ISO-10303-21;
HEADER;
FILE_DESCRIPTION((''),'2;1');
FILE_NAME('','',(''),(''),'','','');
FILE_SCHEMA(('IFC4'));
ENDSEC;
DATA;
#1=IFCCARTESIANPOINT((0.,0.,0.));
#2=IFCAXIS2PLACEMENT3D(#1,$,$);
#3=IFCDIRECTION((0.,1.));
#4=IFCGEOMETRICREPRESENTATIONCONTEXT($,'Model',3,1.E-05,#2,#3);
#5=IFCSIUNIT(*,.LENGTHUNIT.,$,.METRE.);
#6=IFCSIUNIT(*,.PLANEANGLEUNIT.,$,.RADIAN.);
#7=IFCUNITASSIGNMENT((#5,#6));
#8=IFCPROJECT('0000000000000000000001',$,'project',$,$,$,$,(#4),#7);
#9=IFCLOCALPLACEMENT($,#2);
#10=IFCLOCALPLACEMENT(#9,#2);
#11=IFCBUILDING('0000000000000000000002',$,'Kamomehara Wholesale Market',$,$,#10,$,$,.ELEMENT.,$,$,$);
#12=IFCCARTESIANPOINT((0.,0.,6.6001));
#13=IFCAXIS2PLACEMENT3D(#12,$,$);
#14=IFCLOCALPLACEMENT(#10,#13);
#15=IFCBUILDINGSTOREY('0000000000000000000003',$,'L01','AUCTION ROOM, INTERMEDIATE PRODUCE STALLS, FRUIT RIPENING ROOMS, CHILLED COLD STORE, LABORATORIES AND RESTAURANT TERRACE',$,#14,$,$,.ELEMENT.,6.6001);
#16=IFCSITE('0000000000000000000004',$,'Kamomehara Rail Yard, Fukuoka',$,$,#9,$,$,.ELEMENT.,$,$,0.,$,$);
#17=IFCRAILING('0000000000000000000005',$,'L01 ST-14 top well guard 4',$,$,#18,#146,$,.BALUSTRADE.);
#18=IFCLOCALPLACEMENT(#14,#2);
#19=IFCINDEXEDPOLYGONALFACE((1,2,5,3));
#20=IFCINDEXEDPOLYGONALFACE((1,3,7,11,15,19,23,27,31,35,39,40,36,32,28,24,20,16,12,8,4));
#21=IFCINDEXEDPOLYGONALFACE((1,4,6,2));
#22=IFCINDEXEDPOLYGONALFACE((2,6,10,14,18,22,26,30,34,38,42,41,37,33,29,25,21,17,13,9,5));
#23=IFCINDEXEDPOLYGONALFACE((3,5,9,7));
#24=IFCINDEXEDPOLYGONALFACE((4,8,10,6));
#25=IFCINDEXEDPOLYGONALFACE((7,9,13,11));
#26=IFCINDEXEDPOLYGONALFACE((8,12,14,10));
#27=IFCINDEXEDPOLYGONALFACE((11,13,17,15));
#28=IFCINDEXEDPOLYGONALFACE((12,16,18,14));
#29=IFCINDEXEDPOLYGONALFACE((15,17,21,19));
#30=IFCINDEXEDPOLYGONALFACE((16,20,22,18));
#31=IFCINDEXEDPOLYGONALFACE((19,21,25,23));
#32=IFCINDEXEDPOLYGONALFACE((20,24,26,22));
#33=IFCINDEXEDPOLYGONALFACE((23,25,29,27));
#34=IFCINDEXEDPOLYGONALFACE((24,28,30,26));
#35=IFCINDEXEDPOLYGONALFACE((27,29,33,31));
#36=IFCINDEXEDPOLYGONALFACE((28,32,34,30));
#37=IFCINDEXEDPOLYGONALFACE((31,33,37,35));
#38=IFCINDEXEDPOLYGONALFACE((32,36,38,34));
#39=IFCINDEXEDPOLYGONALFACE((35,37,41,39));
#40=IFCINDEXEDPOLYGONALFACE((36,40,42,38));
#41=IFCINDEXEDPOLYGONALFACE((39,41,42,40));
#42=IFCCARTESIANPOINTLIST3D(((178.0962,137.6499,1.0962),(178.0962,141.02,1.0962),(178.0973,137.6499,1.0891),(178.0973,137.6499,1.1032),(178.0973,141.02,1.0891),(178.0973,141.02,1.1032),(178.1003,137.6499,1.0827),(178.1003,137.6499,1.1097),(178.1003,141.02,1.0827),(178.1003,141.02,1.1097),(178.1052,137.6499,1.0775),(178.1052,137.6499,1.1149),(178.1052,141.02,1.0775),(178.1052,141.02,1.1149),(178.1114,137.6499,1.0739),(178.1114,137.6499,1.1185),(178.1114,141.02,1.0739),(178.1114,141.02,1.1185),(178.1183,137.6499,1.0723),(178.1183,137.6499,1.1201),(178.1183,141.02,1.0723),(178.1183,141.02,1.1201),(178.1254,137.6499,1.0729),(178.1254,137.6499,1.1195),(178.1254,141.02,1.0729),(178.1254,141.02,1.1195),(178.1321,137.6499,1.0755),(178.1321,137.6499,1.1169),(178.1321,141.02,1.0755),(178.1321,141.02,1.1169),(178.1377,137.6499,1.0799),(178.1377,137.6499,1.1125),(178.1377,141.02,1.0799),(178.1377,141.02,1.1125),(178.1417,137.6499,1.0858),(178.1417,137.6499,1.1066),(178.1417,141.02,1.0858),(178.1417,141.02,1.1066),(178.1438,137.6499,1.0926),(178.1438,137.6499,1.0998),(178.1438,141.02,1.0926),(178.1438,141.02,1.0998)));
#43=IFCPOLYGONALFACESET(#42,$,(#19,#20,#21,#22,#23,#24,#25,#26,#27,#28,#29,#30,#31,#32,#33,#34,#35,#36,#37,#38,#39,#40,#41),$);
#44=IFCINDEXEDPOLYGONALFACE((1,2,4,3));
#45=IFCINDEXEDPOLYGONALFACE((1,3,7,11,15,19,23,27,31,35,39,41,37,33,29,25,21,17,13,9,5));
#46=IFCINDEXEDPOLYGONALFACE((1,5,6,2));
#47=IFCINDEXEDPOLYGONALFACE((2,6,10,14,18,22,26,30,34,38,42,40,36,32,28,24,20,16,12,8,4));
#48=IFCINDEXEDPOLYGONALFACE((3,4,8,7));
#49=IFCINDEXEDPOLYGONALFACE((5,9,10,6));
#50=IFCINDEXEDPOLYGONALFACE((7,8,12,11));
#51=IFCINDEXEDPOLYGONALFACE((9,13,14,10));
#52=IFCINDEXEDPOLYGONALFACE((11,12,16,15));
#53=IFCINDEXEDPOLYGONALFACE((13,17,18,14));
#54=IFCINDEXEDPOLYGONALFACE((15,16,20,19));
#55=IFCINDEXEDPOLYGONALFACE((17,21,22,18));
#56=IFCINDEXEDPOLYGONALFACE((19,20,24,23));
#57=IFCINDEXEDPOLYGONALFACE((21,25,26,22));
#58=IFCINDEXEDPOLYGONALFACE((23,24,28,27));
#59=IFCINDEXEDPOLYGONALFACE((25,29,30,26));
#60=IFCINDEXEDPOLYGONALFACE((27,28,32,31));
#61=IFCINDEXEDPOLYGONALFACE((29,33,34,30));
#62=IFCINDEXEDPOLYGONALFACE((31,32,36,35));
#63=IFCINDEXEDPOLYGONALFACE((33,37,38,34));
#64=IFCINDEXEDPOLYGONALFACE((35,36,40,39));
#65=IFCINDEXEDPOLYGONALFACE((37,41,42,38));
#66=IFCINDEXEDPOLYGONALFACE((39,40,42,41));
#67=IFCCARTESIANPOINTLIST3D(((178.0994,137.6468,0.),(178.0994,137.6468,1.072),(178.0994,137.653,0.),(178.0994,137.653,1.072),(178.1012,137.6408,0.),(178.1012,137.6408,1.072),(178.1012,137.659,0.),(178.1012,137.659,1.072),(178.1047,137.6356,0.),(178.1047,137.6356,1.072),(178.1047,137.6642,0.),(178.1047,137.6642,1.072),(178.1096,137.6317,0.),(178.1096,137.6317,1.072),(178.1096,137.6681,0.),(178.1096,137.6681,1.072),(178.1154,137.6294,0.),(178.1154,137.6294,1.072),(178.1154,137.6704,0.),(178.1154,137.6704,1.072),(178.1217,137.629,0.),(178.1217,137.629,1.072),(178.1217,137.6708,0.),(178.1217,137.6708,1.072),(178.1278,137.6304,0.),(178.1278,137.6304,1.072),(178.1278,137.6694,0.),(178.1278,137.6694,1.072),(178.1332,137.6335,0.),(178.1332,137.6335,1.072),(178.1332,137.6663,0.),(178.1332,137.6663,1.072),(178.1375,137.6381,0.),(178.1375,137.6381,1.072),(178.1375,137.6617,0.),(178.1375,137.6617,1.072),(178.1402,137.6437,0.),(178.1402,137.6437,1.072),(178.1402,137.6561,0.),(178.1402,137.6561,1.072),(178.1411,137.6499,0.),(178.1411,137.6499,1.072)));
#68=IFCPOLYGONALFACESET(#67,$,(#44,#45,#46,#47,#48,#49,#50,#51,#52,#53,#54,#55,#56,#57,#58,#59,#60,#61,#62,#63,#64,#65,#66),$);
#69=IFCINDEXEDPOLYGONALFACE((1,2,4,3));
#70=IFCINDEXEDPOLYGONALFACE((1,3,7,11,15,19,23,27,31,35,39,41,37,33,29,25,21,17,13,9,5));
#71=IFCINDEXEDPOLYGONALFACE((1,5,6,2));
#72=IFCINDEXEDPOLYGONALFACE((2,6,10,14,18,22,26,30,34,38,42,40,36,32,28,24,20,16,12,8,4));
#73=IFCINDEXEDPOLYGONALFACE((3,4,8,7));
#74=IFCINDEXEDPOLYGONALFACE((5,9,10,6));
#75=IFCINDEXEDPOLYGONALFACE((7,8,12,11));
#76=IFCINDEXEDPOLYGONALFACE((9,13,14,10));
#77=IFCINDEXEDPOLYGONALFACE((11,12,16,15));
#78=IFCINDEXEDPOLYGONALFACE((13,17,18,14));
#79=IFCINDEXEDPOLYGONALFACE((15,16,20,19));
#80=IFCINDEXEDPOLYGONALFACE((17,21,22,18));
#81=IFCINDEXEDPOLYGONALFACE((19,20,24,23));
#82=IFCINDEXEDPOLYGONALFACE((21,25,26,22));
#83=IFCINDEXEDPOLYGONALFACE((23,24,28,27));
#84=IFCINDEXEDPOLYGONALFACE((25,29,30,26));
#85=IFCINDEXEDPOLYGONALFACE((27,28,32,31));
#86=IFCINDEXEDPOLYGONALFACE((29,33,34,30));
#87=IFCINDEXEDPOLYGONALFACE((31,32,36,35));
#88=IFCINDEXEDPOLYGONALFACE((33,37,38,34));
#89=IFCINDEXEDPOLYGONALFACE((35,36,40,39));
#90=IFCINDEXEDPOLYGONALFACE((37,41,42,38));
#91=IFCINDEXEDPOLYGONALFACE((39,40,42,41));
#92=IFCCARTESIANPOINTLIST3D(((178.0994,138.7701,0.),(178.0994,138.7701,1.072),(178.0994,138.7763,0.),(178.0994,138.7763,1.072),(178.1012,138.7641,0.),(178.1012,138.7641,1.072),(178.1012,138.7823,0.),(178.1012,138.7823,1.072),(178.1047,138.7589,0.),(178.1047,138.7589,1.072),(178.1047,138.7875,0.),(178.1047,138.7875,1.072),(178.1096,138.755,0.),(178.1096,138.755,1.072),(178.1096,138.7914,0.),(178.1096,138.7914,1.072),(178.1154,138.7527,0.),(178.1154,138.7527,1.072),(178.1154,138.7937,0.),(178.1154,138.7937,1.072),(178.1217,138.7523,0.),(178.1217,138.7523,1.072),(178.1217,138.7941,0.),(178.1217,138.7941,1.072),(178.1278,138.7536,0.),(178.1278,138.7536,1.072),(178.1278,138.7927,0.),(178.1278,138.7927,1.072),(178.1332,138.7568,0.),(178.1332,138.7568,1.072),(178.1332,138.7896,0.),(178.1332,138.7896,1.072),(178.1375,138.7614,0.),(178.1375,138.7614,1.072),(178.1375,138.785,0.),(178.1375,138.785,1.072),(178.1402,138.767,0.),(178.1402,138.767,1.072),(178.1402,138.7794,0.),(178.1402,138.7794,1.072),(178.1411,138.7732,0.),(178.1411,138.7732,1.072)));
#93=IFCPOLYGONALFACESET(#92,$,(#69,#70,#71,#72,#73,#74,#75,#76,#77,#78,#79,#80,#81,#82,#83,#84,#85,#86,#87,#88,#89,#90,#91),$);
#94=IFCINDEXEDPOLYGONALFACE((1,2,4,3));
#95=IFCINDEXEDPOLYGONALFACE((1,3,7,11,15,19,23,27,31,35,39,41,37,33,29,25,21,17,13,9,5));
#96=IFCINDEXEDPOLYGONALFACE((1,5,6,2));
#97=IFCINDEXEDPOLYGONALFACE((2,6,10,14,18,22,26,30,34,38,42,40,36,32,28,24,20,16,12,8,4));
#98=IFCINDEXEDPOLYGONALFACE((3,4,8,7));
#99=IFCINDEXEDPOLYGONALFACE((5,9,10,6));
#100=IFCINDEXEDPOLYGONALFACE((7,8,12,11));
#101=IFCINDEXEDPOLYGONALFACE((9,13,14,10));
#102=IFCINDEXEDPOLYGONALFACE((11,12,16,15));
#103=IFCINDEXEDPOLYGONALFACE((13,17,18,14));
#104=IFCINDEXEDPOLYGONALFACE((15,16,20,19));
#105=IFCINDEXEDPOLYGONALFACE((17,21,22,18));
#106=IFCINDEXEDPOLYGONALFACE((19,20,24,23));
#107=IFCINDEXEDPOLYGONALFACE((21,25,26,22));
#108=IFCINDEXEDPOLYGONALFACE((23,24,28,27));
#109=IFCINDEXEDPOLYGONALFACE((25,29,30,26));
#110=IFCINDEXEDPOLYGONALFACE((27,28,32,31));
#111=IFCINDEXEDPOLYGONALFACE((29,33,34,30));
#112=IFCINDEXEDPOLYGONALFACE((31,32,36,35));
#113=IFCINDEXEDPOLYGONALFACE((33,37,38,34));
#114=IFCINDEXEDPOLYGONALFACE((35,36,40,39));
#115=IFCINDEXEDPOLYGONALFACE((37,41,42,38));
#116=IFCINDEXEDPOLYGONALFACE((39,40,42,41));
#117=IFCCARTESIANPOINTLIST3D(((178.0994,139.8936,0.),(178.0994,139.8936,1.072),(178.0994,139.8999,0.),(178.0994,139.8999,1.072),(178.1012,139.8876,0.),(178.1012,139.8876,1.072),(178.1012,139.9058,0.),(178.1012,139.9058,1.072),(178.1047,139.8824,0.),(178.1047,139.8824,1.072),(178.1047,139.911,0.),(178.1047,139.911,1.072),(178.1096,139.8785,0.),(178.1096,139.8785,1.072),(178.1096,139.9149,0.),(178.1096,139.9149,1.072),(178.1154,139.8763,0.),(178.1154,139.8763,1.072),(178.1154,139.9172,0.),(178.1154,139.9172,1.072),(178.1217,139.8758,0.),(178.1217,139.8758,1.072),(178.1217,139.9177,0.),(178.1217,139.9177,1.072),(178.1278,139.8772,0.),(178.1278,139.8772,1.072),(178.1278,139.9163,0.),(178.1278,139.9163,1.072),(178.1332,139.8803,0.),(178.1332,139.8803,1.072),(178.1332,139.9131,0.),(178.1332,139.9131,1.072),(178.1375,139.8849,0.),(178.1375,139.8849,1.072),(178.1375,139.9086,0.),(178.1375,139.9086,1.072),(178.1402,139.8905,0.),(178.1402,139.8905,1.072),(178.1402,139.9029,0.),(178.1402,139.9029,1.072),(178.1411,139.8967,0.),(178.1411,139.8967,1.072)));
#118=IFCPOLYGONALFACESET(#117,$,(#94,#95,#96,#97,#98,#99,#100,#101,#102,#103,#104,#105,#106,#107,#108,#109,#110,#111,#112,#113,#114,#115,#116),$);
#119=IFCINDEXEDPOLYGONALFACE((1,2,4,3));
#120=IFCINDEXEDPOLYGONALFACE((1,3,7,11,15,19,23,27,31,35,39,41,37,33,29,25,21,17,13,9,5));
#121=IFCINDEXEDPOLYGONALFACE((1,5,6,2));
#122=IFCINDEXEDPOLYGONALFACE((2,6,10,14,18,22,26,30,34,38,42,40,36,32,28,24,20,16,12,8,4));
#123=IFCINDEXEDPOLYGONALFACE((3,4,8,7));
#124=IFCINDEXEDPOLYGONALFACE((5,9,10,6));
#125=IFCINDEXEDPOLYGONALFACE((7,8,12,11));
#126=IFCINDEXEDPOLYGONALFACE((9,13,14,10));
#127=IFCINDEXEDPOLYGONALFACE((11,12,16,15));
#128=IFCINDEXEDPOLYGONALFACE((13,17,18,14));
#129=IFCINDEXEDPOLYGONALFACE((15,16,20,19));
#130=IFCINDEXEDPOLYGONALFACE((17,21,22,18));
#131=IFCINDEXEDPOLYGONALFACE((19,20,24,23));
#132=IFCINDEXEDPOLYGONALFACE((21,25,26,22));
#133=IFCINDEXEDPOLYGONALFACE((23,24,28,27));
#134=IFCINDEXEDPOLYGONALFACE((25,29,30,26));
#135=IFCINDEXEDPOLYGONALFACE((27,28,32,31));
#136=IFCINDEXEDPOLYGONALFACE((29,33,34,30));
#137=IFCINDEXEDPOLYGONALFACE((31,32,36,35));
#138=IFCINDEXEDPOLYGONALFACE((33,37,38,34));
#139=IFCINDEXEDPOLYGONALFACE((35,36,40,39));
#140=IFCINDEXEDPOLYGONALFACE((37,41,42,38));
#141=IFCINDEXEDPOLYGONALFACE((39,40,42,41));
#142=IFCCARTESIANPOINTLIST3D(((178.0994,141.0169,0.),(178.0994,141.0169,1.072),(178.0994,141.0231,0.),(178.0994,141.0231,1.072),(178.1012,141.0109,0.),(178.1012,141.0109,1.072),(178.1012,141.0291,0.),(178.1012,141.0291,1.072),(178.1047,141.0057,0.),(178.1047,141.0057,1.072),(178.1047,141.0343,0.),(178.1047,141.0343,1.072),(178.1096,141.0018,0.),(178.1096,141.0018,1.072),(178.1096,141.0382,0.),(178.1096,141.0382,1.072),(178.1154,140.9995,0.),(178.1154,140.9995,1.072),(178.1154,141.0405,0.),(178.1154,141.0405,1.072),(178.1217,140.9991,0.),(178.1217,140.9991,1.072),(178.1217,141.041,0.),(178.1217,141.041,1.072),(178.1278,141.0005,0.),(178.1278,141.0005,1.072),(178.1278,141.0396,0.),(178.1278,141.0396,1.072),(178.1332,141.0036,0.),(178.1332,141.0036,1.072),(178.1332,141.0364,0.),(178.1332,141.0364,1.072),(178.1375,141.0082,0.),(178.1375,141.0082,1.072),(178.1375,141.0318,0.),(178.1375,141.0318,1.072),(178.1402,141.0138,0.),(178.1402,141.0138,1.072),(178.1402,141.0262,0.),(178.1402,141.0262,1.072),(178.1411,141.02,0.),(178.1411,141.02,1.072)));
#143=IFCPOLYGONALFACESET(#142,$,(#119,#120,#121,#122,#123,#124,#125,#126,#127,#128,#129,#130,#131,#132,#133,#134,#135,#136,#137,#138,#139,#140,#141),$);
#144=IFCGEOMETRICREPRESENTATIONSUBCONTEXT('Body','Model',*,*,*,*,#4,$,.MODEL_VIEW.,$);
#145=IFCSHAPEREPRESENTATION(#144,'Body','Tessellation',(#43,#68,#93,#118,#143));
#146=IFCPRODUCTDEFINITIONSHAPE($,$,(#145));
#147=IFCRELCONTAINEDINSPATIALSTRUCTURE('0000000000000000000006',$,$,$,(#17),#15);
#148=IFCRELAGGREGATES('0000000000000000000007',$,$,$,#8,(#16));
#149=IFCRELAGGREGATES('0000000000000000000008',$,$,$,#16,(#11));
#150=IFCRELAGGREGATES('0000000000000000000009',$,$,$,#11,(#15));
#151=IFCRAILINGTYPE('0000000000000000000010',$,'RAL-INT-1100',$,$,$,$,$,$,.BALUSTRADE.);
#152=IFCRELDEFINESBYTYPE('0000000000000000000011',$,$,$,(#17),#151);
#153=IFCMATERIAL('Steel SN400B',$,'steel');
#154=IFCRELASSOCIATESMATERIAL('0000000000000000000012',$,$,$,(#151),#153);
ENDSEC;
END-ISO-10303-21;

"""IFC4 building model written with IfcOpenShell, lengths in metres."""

from ifc_helpers import new_model, si_unit, direction, frame, origin, origin_2d, place, context, subcontext, project, spatial, circle, extrude, material, type_object, element, save


model = new_model("IFC4")

# Units and contexts
model_context = context("Model", 3, precision=1e-05, world=origin(), true_north=direction((0.0, 1.0)))
body_context = subcontext(model_context, "Body", "Model", "MODEL_VIEW")
ifc_project = project(units=[si_unit("LENGTHUNIT", "METRE"), si_unit("PLANEANGLEUNIT", "RADIAN")], contexts=[model_context])

# Site, building, storey
site_placement = place(None, origin())
site = spatial("IfcSite", under=ifc_project, at=site_placement, Name="Kamomehara Rail Yard, Fukuoka", CompositionType="ELEMENT", RefElevation=0.0)
building_placement = place(site_placement, origin())
building = spatial("IfcBuilding", under=site, at=building_placement, Name="Kamomehara Wholesale Market", CompositionType="ELEMENT")
storey_placement = place(building_placement, frame((0.0, 0.0, 6.6001)))
storey = spatial("IfcBuildingStorey", under=building, at=storey_placement, Name="L01", Description="AUCTION ROOM, INTERMEDIATE PRODUCE STALLS, FRUIT RIPENING ROOMS, CHILLED COLD STORE, LABORATORIES AND RESTAURANT TERRACE", CompositionType="ELEMENT", Elevation=6.6001)

# Railing
ifc_material_1 = material(Name="Steel SN400B", Category="steel")
railing_type = type_object("IfcRailingType", Name="RAL-INT-1100", PredefinedType="BALUSTRADE", material=ifc_material_1)
railing_1_placement = place(storey_placement, frame((178.1201, 137.6499, 0.0)))
element("IfcRailing", 1, at=railing_1_placement, inside=storey, type_object=railing_type, Name="L01 ST-14 top well guard 4", PredefinedType="BALUSTRADE", context=body_context, shape_type="SweptSolid", body=[
    extrude(circle(Radius=0.0239, at=origin_2d()), frame((0.0, 0.0, 1.0962), z_axis=(0.0, 1.0, 0.0), x_axis=(-1.0, 0.0, 0.0)), (0.0, 0.0, 1.0), 3.3701),
    extrude(circle(Radius=0.021, at=origin_2d()), origin(), (0.0, 0.0, 1.0), 1.072),
    extrude(circle(Radius=0.021, at=origin_2d()), frame((0.0, 1.1233, 0.0)), (0.0, 0.0, 1.0), 1.072),
    extrude(circle(Radius=0.021, at=origin_2d()), frame((0.0, 2.2468, 0.0)), (0.0, 0.0, 1.0), 1.072),
    extrude(circle(Radius=0.021, at=origin_2d()), frame((0.0, 3.3701, 0.0)), (0.0, 0.0, 1.0), 1.072),
])

save(model, "model.ifc")
